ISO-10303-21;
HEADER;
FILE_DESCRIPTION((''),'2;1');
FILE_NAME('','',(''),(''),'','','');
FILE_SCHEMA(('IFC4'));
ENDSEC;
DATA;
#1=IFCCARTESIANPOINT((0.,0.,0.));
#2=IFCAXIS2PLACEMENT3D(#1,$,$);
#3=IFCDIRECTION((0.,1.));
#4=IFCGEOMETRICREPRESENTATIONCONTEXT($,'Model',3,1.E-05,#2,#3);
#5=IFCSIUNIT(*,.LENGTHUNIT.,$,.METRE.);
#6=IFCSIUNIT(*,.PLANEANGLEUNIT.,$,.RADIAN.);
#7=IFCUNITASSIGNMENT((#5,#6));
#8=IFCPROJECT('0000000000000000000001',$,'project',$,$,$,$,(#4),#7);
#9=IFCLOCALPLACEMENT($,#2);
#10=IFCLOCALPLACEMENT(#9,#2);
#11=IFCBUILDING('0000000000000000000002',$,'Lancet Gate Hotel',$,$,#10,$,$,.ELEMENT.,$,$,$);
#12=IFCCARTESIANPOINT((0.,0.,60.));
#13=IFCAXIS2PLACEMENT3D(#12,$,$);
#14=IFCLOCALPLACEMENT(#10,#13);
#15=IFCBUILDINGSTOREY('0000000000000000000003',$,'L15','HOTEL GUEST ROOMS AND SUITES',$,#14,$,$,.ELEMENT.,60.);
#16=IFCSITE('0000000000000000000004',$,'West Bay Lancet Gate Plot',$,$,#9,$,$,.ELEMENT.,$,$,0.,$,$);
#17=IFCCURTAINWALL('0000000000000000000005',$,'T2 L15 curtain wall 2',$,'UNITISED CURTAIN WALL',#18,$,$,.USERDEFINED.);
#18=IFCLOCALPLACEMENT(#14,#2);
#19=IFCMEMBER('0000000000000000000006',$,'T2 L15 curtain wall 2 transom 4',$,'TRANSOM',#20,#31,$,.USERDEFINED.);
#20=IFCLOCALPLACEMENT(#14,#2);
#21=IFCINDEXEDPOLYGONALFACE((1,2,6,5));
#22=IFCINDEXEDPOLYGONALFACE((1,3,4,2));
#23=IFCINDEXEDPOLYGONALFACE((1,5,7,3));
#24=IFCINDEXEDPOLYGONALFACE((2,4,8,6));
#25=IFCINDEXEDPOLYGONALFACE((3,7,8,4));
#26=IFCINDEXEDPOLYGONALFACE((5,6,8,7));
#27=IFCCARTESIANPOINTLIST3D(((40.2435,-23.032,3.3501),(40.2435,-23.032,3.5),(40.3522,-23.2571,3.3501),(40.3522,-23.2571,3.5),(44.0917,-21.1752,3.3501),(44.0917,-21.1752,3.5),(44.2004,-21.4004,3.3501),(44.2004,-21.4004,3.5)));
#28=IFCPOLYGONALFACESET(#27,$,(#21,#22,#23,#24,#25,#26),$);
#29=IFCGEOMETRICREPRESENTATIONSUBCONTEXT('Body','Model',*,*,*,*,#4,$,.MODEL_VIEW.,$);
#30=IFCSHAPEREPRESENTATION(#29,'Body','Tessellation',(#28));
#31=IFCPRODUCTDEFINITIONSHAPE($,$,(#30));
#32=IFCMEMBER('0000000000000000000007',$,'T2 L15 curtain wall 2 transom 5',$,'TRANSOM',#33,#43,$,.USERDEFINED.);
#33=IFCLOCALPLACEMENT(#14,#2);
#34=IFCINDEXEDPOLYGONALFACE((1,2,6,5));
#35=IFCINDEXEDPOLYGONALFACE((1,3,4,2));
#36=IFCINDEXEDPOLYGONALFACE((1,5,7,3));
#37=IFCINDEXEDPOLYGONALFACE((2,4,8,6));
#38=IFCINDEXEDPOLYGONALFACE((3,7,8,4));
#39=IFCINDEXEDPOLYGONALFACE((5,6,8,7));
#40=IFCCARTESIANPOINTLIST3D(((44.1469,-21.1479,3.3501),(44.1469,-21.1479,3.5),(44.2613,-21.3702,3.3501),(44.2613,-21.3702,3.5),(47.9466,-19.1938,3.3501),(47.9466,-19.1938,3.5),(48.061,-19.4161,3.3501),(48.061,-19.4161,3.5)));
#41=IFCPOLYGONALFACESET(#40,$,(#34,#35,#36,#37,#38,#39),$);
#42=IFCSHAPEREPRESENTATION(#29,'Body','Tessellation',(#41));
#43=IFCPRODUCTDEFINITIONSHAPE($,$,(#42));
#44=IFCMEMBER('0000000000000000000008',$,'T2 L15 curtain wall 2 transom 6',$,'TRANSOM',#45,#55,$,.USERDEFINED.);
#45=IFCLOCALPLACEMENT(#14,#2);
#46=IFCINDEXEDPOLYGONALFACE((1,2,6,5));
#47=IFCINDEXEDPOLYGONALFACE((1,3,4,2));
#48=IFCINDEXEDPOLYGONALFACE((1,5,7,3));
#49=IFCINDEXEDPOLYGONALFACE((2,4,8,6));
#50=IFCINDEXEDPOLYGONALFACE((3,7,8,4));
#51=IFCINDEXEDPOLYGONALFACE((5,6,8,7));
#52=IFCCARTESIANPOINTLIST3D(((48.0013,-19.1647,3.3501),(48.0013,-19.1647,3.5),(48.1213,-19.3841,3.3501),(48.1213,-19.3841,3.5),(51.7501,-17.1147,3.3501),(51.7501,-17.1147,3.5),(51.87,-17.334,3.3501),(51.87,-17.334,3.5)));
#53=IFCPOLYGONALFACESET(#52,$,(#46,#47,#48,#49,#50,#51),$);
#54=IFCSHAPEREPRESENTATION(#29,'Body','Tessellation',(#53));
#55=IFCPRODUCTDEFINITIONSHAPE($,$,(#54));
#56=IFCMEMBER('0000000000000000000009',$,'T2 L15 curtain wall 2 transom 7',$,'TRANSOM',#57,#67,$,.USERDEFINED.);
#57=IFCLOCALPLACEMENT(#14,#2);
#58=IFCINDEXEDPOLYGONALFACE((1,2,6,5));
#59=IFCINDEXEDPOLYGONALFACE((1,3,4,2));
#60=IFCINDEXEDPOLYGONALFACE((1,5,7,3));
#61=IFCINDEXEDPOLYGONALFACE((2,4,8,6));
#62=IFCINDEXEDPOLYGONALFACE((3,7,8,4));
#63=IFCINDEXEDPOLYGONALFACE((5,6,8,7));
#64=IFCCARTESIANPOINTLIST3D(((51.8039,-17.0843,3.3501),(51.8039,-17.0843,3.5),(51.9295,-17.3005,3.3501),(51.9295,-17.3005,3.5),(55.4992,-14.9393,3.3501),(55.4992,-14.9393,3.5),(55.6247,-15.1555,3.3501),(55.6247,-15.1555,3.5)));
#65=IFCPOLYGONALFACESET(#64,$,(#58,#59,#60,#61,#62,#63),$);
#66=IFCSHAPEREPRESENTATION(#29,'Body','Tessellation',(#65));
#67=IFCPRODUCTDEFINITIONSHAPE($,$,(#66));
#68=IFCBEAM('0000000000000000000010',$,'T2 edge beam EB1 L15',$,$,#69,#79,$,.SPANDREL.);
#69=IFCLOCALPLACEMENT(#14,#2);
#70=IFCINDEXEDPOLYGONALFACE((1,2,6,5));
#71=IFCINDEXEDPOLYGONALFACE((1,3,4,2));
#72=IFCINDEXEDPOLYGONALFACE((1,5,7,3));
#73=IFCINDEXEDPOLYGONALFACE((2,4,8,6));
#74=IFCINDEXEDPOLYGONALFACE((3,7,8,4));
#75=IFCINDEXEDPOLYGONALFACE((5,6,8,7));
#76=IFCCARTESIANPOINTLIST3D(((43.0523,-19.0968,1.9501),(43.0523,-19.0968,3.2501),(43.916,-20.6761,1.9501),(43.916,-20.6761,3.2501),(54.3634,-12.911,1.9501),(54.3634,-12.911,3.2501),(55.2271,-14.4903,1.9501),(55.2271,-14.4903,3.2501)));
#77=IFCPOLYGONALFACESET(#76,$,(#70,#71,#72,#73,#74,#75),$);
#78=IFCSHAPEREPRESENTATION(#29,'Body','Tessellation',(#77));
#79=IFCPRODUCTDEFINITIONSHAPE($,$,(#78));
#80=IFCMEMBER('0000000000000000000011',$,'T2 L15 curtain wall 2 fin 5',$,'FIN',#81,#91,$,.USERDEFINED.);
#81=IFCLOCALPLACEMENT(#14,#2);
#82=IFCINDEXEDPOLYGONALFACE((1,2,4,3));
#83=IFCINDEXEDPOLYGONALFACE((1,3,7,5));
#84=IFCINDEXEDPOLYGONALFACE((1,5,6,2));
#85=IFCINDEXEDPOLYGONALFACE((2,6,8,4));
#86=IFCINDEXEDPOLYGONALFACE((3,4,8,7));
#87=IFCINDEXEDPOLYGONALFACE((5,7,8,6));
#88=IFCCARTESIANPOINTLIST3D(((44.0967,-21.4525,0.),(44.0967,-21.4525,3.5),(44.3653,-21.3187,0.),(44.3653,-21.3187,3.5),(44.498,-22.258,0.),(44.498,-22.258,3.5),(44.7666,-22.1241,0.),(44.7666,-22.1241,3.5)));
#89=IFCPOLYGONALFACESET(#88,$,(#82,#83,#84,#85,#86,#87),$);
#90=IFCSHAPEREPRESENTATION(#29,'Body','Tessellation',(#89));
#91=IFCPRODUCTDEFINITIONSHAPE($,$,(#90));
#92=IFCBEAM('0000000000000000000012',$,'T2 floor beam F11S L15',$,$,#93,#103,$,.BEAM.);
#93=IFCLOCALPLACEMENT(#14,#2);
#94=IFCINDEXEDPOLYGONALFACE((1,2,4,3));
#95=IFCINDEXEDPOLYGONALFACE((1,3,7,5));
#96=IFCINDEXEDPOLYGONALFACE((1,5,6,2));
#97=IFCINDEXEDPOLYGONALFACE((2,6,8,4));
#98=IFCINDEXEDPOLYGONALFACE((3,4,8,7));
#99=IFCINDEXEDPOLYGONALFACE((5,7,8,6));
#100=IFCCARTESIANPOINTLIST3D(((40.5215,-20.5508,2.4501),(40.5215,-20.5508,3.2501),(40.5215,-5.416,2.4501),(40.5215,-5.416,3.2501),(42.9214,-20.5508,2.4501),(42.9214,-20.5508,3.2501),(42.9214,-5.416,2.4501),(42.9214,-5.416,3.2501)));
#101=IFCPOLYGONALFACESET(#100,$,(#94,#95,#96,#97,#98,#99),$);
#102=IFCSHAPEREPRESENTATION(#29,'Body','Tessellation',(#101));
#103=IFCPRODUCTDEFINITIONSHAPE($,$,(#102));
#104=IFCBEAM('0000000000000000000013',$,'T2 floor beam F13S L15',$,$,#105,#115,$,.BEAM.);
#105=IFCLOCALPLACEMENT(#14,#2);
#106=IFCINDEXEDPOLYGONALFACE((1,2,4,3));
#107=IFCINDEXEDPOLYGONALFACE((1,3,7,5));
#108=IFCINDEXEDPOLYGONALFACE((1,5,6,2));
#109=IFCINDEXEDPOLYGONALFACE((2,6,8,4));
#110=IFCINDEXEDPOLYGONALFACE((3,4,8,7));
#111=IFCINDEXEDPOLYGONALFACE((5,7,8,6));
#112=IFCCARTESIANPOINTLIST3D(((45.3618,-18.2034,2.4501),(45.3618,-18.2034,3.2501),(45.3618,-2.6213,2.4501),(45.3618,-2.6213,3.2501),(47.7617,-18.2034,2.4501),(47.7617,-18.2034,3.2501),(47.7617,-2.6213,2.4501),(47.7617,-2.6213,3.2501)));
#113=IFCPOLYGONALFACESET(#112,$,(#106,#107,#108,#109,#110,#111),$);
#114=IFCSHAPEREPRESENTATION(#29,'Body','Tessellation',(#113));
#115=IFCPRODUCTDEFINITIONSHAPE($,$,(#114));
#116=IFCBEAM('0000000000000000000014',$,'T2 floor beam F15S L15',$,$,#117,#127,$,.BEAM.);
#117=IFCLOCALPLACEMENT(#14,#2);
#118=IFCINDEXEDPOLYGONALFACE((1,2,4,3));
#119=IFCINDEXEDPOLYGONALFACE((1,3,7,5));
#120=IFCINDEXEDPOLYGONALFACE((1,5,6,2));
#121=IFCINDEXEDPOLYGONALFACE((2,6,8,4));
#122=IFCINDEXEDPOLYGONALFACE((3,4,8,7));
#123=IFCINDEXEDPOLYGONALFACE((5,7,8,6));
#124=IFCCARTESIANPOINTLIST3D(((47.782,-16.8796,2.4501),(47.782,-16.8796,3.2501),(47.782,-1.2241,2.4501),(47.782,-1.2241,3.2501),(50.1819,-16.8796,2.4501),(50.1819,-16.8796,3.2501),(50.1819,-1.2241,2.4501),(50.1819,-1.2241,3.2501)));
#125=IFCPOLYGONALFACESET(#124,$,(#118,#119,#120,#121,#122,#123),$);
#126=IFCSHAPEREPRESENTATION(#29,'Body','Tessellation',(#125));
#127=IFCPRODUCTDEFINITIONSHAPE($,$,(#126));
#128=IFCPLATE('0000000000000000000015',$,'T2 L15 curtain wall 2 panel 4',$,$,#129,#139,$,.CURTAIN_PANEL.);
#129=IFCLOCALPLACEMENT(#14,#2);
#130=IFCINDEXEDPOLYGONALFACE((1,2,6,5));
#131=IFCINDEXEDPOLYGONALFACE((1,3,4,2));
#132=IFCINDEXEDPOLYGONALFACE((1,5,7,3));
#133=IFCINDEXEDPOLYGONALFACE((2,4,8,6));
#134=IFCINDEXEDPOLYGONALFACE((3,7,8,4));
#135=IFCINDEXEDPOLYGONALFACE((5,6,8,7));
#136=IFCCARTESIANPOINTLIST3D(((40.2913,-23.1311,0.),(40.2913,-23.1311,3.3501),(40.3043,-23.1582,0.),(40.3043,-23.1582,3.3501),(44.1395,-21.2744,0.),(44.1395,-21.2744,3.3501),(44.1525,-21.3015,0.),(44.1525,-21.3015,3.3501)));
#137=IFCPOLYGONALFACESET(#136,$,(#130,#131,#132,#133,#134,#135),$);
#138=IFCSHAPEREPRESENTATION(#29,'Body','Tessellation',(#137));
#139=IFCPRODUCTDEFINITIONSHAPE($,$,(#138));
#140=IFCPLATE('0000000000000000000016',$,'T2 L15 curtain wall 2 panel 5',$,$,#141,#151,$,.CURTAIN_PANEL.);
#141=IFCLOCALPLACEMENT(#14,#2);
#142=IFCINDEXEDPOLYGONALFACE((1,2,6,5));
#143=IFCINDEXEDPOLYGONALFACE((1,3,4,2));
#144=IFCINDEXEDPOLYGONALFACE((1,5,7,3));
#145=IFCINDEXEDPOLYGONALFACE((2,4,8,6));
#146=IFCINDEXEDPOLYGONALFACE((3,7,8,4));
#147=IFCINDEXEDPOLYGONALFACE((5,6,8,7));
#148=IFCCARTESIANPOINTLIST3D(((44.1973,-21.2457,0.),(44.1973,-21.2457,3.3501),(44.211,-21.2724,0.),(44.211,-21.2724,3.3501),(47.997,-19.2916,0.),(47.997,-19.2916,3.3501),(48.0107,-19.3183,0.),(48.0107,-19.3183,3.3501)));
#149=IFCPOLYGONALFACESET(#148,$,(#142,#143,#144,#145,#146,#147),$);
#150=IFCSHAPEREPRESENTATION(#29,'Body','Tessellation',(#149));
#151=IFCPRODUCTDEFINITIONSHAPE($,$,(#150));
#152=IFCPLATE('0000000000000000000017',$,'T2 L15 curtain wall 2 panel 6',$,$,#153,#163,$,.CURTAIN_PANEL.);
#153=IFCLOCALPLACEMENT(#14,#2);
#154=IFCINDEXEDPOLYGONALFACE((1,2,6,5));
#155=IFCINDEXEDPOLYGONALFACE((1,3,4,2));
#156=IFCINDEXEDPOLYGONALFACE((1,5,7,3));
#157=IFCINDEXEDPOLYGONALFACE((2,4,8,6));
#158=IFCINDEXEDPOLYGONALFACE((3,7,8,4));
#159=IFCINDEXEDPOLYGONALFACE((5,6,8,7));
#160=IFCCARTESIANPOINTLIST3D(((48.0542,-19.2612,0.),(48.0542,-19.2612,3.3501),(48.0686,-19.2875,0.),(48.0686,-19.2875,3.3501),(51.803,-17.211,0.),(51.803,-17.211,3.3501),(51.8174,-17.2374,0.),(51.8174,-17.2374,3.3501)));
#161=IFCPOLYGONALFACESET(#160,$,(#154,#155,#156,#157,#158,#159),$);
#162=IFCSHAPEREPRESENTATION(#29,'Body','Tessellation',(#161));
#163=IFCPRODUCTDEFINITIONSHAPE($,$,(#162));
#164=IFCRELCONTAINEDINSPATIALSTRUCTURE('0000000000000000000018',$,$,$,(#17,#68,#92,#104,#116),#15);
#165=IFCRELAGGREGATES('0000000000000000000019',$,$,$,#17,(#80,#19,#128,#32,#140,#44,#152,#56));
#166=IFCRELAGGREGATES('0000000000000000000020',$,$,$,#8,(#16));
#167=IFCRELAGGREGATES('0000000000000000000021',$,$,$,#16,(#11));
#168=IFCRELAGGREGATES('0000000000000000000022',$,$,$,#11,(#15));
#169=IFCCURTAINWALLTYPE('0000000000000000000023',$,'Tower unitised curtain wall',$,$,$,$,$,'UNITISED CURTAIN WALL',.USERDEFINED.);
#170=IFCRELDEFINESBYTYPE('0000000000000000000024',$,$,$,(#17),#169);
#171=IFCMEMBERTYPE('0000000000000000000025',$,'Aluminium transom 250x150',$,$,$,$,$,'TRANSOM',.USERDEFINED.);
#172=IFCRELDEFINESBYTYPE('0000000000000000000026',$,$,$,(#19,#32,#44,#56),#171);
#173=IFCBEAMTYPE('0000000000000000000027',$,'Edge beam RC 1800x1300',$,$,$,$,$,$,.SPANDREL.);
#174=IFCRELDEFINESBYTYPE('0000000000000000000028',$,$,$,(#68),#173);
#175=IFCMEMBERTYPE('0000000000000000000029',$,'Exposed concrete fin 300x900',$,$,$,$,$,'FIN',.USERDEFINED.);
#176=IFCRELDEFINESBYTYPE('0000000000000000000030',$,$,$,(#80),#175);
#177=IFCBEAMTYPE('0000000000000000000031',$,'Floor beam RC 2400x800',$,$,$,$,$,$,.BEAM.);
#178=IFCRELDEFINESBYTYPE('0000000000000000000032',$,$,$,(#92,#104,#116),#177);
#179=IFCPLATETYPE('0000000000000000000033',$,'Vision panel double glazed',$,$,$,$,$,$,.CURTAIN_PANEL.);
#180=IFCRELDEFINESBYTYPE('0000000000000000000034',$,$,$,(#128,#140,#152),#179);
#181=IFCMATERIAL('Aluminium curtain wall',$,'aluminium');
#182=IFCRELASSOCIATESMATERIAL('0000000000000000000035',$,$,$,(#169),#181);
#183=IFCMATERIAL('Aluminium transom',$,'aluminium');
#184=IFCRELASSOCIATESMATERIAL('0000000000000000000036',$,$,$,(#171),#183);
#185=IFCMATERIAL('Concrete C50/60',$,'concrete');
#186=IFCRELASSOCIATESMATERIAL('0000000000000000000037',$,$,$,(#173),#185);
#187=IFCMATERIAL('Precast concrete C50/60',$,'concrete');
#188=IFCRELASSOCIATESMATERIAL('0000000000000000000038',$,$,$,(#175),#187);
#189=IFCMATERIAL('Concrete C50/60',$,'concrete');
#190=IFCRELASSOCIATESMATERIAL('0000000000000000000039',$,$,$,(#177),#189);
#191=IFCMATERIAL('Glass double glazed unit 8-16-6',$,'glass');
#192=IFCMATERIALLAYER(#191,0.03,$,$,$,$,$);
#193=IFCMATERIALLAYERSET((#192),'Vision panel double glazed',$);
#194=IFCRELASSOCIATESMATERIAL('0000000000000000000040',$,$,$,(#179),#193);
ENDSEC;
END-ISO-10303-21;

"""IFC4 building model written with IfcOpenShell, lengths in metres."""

from ifc_helpers import new_model, si_unit, direction, frame, origin, origin_2d, place, context, subcontext, project, spatial, rectangle, extrude, material, layer, layer_set, material_profile, profile_set, type_object, element, aggregate, save


model = new_model("IFC4")

# Units and contexts
model_context = context("Model", 3, precision=1e-05, world=origin(), true_north=direction((0.0, 1.0)))
body_context = subcontext(model_context, "Body", "Model", "MODEL_VIEW")
ifc_project = project(units=[si_unit("LENGTHUNIT", "METRE"), si_unit("PLANEANGLEUNIT", "RADIAN")], contexts=[model_context])

# Site, building, storey
site_placement = place(None, origin())
site = spatial("IfcSite", under=ifc_project, at=site_placement, Name="West Bay Lancet Gate Plot", CompositionType="ELEMENT", RefElevation=0.0)
building_placement = place(site_placement, origin())
building = spatial("IfcBuilding", under=site, at=building_placement, Name="Lancet Gate Hotel", CompositionType="ELEMENT")
storey_placement = place(building_placement, frame((0.0, 0.0, 60.0)))
storey = spatial("IfcBuildingStorey", under=building, at=storey_placement, Name="L15", Description="HOTEL GUEST ROOMS AND SUITES", CompositionType="ELEMENT", Elevation=60.0)

# Curtain wall, members
ifc_material_1 = material(Name="Aluminium curtain wall", Category="aluminium")
curtain_wall_type = type_object("IfcCurtainWallType", Name="Tower unitised curtain wall", ElementType="UNITISED CURTAIN WALL", PredefinedType="USERDEFINED", material=ifc_material_1)
curtain_wall_placement = place(storey_placement, origin())
curtain_wall = element("IfcCurtainWall", 1, at=curtain_wall_placement, inside=storey, type_object=curtain_wall_type, Name="T2 L15 curtain wall 2", ObjectType="UNITISED CURTAIN WALL", PredefinedType="USERDEFINED")
ifc_material_2 = material(Name="Aluminium transom", Category="aluminium")
ifc_material_profile_1 = material_profile(ifc_material_2, rectangle(XDim=0.25, YDim=0.1499, at=origin_2d()), Name="TRANSOM 250x150")
ifc_profile_set_1 = profile_set([ifc_material_profile_1], Name="Aluminium transom")
member_type_1 = type_object("IfcMemberType", Name="Aluminium transom 250x150", ElementType="TRANSOM", PredefinedType="USERDEFINED", material=ifc_profile_set_1)
member_1_placement = place(storey_placement, frame((40.2979, -23.1445, 3.425), z_axis=(0.900646, 0.434553, 0.0), x_axis=(-0.434553, 0.900646, 0.0)))
member_1 = element("IfcMember", 2, at=member_1_placement, type_object=member_type_1, Name="T2 L15 curtain wall 2 transom 4", ObjectType="TRANSOM", PredefinedType="USERDEFINED", context=body_context, shape_type="SweptSolid", body=[
    extrude(rectangle(XDim=0.25, YDim=0.1499, at=origin_2d()), origin(), (0.0, 0.0, 1.0), 4.2727),
])
member_2_placement = place(storey_placement, frame((44.2041, -21.259, 3.425), z_axis=(0.889296, 0.457333, 0.0), x_axis=(-0.457333, 0.889296, 0.0)))
member_2 = element("IfcMember", 3, at=member_2_placement, type_object=member_type_1, Name="T2 L15 curtain wall 2 transom 5", ObjectType="TRANSOM", PredefinedType="USERDEFINED", context=body_context, shape_type="SweptSolid", body=[
    extrude(rectangle(XDim=0.25, YDim=0.1499, at=origin_2d()), origin(), (0.0, 0.0, 1.0), 4.2727),
])
member_3_placement = place(storey_placement, frame((48.0613, -19.2744, 3.425), z_axis=(0.877378, 0.479801, 0.0), x_axis=(-0.479801, 0.877378, 0.0)))
member_3 = element("IfcMember", 4, at=member_3_placement, type_object=member_type_1, Name="T2 L15 curtain wall 2 transom 6", ObjectType="TRANSOM", PredefinedType="USERDEFINED", context=body_context, shape_type="SweptSolid", body=[
    extrude(rectangle(XDim=0.25, YDim=0.1499, at=origin_2d()), origin(), (0.0, 0.0, 1.0), 4.2727),
])
member_4_placement = place(storey_placement, frame((51.8667, -17.1924, 3.425), z_axis=(0.864855, 0.502022, 0.0), x_axis=(-0.502022, 0.864855, 0.0)))
member_4 = element("IfcMember", 5, at=member_4_placement, type_object=member_type_1, Name="T2 L15 curtain wall 2 transom 7", ObjectType="TRANSOM", PredefinedType="USERDEFINED", context=body_context, shape_type="SweptSolid", body=[
    extrude(rectangle(XDim=0.25, YDim=0.1499, at=origin_2d()), origin(), (0.0, 0.0, 1.0), 4.2727),
])

# Beam
ifc_material_3 = material(Name="Concrete C50/60", Category="concrete")
ifc_material_profile_2 = material_profile(ifc_material_3, rectangle(XDim=1.8, YDim=1.3, at=origin_2d()), Name="RC 1800x1300")
ifc_profile_set_2 = profile_set([ifc_material_profile_2], Name="Concrete C50/60")
beam_type_1 = type_object("IfcBeamType", Name="Edge beam RC 1800x1300", PredefinedType="SPANDREL", material=ifc_profile_set_2)
beam_1_placement = place(storey_placement, frame((43.4841, -19.8865, 2.6001), z_axis=(0.877369, 0.479816, 0.0), x_axis=(-0.479816, 0.877369, 0.0)))
element("IfcBeam", 6, at=beam_1_placement, inside=storey, type_object=beam_type_1, Name="T2 edge beam EB1 L15", PredefinedType="SPANDREL", context=body_context, shape_type="SweptSolid", body=[
    extrude(rectangle(XDim=1.8, YDim=1.3, at=origin_2d()), origin(), (0.0, 0.0, 1.0), 12.8921),
])

# Member
ifc_material_4 = material(Name="Precast concrete C50/60", Category="concrete")
ifc_material_profile_3 = material_profile(ifc_material_4, rectangle(XDim=0.3, YDim=0.8999, at=origin_2d()), Name="FIN 300x900")
ifc_profile_set_3 = profile_set([ifc_material_profile_3], Name="Precast concrete C50/60")
member_type_2 = type_object("IfcMemberType", Name="Exposed concrete fin 300x900", ElementType="FIN", PredefinedType="USERDEFINED", material=ifc_profile_set_3)
member_5_placement = place(storey_placement, frame((44.4316, -21.7883, 0.0), z_axis=(0.0, 0.0, 1.0), x_axis=(0.895044, 0.445978, 0.0)))
member_5 = element("IfcMember", 7, at=member_5_placement, type_object=member_type_2, Name="T2 L15 curtain wall 2 fin 5", ObjectType="FIN", PredefinedType="USERDEFINED", context=body_context, shape_type="SweptSolid", body=[
    extrude(rectangle(XDim=0.3, YDim=0.8999, at=origin_2d()), origin(), (0.0, 0.0, 1.0), 3.5),
])

# Beams
ifc_material_5 = material(Name="Concrete C50/60", Category="concrete")
ifc_material_profile_4 = material_profile(ifc_material_5, rectangle(XDim=2.3999, YDim=0.8, at=origin_2d()), Name="RC 2400x800")
ifc_profile_set_4 = profile_set([ifc_material_profile_4], Name="Concrete C50/60")
beam_type_2 = type_object("IfcBeamType", Name="Floor beam RC 2400x800", PredefinedType="BEAM", material=ifc_profile_set_4)
beam_2_placement = place(storey_placement, frame((41.7214, -20.5508, 2.8501), z_axis=(0.0, 1.0, 0.0), x_axis=(-1.0, 0.0, 0.0)))
element("IfcBeam", 8, at=beam_2_placement, inside=storey, type_object=beam_type_2, Name="T2 floor beam F11S L15", PredefinedType="BEAM", context=body_context, shape_type="SweptSolid", body=[
    extrude(rectangle(XDim=2.3999, YDim=0.8, at=origin_2d()), origin(), (0.0, 0.0, 1.0), 15.1348),
])
beam_3_placement = place(storey_placement, frame((46.5618, -18.2034, 2.8501), z_axis=(0.0, 1.0, 0.0), x_axis=(-1.0, 0.0, 0.0)))
element("IfcBeam", 9, at=beam_3_placement, inside=storey, type_object=beam_type_2, Name="T2 floor beam F13S L15", PredefinedType="BEAM", context=body_context, shape_type="SweptSolid", body=[
    extrude(rectangle(XDim=2.3999, YDim=0.8, at=origin_2d()), origin(), (0.0, 0.0, 1.0), 15.582),
])
beam_4_placement = place(storey_placement, frame((48.9819, -16.8796, 2.8501), z_axis=(0.0, 1.0, 0.0), x_axis=(-1.0, 0.0, 0.0)))
element("IfcBeam", 10, at=beam_4_placement, inside=storey, type_object=beam_type_2, Name="T2 floor beam F15S L15", PredefinedType="BEAM", context=body_context, shape_type="SweptSolid", body=[
    extrude(rectangle(XDim=2.3999, YDim=0.8, at=origin_2d()), origin(), (0.0, 0.0, 1.0), 15.6555),
])

# Plates
ifc_material_6 = material(Name="Glass double glazed unit 8-16-6", Category="glass")
ifc_layer = layer(ifc_material_6, 0.03)
ifc_layer_set = layer_set([ifc_layer], Name="Vision panel double glazed")
plate_type = type_object("IfcPlateType", Name="Vision panel double glazed", PredefinedType="CURTAIN_PANEL", material=ifc_layer_set)
plate_1_placement = place(storey_placement, frame((42.2219, -22.2163, 0.0), z_axis=(0.0, 0.0, 1.0), x_axis=(0.900647, 0.43455, 0.0)))
plate_1 = element("IfcPlate", 11, at=plate_1_placement, type_object=plate_type, Name="T2 L15 curtain wall 2 panel 4", PredefinedType="CURTAIN_PANEL", context=body_context, shape_type="SweptSolid", body=[
    extrude(rectangle(XDim=4.2727, YDim=0.03, at=origin_2d()), origin(), (0.0, 0.0, 1.0), 3.3501),
])
plate_2_placement = place(storey_placement, frame((46.104, -20.282, 0.0), z_axis=(0.0, 0.0, 1.0), x_axis=(0.889296, 0.457332, 0.0)))
plate_2 = element("IfcPlate", 12, at=plate_2_placement, type_object=plate_type, Name="T2 L15 curtain wall 2 panel 5", PredefinedType="CURTAIN_PANEL", context=body_context, shape_type="SweptSolid", body=[
    extrude(rectangle(XDim=4.2727, YDim=0.03, at=origin_2d()), origin(), (0.0, 0.0, 1.0), 3.3501),
])
plate_3_placement = place(storey_placement, frame((49.9358, -18.2493, 0.0), z_axis=(0.0, 0.0, 1.0), x_axis=(0.877368, 0.479818, 0.0)))
plate_3 = element("IfcPlate", 13, at=plate_3_placement, type_object=plate_type, Name="T2 L15 curtain wall 2 panel 6", PredefinedType="CURTAIN_PANEL", context=body_context, shape_type="SweptSolid", body=[
    extrude(rectangle(XDim=4.2727, YDim=0.03, at=origin_2d()), origin(), (0.0, 0.0, 1.0), 3.3501),
])
aggregate(curtain_wall, [member_5, member_1, plate_1, member_2, plate_2, member_3, plate_3, member_4])

save(model, "model.ifc")
